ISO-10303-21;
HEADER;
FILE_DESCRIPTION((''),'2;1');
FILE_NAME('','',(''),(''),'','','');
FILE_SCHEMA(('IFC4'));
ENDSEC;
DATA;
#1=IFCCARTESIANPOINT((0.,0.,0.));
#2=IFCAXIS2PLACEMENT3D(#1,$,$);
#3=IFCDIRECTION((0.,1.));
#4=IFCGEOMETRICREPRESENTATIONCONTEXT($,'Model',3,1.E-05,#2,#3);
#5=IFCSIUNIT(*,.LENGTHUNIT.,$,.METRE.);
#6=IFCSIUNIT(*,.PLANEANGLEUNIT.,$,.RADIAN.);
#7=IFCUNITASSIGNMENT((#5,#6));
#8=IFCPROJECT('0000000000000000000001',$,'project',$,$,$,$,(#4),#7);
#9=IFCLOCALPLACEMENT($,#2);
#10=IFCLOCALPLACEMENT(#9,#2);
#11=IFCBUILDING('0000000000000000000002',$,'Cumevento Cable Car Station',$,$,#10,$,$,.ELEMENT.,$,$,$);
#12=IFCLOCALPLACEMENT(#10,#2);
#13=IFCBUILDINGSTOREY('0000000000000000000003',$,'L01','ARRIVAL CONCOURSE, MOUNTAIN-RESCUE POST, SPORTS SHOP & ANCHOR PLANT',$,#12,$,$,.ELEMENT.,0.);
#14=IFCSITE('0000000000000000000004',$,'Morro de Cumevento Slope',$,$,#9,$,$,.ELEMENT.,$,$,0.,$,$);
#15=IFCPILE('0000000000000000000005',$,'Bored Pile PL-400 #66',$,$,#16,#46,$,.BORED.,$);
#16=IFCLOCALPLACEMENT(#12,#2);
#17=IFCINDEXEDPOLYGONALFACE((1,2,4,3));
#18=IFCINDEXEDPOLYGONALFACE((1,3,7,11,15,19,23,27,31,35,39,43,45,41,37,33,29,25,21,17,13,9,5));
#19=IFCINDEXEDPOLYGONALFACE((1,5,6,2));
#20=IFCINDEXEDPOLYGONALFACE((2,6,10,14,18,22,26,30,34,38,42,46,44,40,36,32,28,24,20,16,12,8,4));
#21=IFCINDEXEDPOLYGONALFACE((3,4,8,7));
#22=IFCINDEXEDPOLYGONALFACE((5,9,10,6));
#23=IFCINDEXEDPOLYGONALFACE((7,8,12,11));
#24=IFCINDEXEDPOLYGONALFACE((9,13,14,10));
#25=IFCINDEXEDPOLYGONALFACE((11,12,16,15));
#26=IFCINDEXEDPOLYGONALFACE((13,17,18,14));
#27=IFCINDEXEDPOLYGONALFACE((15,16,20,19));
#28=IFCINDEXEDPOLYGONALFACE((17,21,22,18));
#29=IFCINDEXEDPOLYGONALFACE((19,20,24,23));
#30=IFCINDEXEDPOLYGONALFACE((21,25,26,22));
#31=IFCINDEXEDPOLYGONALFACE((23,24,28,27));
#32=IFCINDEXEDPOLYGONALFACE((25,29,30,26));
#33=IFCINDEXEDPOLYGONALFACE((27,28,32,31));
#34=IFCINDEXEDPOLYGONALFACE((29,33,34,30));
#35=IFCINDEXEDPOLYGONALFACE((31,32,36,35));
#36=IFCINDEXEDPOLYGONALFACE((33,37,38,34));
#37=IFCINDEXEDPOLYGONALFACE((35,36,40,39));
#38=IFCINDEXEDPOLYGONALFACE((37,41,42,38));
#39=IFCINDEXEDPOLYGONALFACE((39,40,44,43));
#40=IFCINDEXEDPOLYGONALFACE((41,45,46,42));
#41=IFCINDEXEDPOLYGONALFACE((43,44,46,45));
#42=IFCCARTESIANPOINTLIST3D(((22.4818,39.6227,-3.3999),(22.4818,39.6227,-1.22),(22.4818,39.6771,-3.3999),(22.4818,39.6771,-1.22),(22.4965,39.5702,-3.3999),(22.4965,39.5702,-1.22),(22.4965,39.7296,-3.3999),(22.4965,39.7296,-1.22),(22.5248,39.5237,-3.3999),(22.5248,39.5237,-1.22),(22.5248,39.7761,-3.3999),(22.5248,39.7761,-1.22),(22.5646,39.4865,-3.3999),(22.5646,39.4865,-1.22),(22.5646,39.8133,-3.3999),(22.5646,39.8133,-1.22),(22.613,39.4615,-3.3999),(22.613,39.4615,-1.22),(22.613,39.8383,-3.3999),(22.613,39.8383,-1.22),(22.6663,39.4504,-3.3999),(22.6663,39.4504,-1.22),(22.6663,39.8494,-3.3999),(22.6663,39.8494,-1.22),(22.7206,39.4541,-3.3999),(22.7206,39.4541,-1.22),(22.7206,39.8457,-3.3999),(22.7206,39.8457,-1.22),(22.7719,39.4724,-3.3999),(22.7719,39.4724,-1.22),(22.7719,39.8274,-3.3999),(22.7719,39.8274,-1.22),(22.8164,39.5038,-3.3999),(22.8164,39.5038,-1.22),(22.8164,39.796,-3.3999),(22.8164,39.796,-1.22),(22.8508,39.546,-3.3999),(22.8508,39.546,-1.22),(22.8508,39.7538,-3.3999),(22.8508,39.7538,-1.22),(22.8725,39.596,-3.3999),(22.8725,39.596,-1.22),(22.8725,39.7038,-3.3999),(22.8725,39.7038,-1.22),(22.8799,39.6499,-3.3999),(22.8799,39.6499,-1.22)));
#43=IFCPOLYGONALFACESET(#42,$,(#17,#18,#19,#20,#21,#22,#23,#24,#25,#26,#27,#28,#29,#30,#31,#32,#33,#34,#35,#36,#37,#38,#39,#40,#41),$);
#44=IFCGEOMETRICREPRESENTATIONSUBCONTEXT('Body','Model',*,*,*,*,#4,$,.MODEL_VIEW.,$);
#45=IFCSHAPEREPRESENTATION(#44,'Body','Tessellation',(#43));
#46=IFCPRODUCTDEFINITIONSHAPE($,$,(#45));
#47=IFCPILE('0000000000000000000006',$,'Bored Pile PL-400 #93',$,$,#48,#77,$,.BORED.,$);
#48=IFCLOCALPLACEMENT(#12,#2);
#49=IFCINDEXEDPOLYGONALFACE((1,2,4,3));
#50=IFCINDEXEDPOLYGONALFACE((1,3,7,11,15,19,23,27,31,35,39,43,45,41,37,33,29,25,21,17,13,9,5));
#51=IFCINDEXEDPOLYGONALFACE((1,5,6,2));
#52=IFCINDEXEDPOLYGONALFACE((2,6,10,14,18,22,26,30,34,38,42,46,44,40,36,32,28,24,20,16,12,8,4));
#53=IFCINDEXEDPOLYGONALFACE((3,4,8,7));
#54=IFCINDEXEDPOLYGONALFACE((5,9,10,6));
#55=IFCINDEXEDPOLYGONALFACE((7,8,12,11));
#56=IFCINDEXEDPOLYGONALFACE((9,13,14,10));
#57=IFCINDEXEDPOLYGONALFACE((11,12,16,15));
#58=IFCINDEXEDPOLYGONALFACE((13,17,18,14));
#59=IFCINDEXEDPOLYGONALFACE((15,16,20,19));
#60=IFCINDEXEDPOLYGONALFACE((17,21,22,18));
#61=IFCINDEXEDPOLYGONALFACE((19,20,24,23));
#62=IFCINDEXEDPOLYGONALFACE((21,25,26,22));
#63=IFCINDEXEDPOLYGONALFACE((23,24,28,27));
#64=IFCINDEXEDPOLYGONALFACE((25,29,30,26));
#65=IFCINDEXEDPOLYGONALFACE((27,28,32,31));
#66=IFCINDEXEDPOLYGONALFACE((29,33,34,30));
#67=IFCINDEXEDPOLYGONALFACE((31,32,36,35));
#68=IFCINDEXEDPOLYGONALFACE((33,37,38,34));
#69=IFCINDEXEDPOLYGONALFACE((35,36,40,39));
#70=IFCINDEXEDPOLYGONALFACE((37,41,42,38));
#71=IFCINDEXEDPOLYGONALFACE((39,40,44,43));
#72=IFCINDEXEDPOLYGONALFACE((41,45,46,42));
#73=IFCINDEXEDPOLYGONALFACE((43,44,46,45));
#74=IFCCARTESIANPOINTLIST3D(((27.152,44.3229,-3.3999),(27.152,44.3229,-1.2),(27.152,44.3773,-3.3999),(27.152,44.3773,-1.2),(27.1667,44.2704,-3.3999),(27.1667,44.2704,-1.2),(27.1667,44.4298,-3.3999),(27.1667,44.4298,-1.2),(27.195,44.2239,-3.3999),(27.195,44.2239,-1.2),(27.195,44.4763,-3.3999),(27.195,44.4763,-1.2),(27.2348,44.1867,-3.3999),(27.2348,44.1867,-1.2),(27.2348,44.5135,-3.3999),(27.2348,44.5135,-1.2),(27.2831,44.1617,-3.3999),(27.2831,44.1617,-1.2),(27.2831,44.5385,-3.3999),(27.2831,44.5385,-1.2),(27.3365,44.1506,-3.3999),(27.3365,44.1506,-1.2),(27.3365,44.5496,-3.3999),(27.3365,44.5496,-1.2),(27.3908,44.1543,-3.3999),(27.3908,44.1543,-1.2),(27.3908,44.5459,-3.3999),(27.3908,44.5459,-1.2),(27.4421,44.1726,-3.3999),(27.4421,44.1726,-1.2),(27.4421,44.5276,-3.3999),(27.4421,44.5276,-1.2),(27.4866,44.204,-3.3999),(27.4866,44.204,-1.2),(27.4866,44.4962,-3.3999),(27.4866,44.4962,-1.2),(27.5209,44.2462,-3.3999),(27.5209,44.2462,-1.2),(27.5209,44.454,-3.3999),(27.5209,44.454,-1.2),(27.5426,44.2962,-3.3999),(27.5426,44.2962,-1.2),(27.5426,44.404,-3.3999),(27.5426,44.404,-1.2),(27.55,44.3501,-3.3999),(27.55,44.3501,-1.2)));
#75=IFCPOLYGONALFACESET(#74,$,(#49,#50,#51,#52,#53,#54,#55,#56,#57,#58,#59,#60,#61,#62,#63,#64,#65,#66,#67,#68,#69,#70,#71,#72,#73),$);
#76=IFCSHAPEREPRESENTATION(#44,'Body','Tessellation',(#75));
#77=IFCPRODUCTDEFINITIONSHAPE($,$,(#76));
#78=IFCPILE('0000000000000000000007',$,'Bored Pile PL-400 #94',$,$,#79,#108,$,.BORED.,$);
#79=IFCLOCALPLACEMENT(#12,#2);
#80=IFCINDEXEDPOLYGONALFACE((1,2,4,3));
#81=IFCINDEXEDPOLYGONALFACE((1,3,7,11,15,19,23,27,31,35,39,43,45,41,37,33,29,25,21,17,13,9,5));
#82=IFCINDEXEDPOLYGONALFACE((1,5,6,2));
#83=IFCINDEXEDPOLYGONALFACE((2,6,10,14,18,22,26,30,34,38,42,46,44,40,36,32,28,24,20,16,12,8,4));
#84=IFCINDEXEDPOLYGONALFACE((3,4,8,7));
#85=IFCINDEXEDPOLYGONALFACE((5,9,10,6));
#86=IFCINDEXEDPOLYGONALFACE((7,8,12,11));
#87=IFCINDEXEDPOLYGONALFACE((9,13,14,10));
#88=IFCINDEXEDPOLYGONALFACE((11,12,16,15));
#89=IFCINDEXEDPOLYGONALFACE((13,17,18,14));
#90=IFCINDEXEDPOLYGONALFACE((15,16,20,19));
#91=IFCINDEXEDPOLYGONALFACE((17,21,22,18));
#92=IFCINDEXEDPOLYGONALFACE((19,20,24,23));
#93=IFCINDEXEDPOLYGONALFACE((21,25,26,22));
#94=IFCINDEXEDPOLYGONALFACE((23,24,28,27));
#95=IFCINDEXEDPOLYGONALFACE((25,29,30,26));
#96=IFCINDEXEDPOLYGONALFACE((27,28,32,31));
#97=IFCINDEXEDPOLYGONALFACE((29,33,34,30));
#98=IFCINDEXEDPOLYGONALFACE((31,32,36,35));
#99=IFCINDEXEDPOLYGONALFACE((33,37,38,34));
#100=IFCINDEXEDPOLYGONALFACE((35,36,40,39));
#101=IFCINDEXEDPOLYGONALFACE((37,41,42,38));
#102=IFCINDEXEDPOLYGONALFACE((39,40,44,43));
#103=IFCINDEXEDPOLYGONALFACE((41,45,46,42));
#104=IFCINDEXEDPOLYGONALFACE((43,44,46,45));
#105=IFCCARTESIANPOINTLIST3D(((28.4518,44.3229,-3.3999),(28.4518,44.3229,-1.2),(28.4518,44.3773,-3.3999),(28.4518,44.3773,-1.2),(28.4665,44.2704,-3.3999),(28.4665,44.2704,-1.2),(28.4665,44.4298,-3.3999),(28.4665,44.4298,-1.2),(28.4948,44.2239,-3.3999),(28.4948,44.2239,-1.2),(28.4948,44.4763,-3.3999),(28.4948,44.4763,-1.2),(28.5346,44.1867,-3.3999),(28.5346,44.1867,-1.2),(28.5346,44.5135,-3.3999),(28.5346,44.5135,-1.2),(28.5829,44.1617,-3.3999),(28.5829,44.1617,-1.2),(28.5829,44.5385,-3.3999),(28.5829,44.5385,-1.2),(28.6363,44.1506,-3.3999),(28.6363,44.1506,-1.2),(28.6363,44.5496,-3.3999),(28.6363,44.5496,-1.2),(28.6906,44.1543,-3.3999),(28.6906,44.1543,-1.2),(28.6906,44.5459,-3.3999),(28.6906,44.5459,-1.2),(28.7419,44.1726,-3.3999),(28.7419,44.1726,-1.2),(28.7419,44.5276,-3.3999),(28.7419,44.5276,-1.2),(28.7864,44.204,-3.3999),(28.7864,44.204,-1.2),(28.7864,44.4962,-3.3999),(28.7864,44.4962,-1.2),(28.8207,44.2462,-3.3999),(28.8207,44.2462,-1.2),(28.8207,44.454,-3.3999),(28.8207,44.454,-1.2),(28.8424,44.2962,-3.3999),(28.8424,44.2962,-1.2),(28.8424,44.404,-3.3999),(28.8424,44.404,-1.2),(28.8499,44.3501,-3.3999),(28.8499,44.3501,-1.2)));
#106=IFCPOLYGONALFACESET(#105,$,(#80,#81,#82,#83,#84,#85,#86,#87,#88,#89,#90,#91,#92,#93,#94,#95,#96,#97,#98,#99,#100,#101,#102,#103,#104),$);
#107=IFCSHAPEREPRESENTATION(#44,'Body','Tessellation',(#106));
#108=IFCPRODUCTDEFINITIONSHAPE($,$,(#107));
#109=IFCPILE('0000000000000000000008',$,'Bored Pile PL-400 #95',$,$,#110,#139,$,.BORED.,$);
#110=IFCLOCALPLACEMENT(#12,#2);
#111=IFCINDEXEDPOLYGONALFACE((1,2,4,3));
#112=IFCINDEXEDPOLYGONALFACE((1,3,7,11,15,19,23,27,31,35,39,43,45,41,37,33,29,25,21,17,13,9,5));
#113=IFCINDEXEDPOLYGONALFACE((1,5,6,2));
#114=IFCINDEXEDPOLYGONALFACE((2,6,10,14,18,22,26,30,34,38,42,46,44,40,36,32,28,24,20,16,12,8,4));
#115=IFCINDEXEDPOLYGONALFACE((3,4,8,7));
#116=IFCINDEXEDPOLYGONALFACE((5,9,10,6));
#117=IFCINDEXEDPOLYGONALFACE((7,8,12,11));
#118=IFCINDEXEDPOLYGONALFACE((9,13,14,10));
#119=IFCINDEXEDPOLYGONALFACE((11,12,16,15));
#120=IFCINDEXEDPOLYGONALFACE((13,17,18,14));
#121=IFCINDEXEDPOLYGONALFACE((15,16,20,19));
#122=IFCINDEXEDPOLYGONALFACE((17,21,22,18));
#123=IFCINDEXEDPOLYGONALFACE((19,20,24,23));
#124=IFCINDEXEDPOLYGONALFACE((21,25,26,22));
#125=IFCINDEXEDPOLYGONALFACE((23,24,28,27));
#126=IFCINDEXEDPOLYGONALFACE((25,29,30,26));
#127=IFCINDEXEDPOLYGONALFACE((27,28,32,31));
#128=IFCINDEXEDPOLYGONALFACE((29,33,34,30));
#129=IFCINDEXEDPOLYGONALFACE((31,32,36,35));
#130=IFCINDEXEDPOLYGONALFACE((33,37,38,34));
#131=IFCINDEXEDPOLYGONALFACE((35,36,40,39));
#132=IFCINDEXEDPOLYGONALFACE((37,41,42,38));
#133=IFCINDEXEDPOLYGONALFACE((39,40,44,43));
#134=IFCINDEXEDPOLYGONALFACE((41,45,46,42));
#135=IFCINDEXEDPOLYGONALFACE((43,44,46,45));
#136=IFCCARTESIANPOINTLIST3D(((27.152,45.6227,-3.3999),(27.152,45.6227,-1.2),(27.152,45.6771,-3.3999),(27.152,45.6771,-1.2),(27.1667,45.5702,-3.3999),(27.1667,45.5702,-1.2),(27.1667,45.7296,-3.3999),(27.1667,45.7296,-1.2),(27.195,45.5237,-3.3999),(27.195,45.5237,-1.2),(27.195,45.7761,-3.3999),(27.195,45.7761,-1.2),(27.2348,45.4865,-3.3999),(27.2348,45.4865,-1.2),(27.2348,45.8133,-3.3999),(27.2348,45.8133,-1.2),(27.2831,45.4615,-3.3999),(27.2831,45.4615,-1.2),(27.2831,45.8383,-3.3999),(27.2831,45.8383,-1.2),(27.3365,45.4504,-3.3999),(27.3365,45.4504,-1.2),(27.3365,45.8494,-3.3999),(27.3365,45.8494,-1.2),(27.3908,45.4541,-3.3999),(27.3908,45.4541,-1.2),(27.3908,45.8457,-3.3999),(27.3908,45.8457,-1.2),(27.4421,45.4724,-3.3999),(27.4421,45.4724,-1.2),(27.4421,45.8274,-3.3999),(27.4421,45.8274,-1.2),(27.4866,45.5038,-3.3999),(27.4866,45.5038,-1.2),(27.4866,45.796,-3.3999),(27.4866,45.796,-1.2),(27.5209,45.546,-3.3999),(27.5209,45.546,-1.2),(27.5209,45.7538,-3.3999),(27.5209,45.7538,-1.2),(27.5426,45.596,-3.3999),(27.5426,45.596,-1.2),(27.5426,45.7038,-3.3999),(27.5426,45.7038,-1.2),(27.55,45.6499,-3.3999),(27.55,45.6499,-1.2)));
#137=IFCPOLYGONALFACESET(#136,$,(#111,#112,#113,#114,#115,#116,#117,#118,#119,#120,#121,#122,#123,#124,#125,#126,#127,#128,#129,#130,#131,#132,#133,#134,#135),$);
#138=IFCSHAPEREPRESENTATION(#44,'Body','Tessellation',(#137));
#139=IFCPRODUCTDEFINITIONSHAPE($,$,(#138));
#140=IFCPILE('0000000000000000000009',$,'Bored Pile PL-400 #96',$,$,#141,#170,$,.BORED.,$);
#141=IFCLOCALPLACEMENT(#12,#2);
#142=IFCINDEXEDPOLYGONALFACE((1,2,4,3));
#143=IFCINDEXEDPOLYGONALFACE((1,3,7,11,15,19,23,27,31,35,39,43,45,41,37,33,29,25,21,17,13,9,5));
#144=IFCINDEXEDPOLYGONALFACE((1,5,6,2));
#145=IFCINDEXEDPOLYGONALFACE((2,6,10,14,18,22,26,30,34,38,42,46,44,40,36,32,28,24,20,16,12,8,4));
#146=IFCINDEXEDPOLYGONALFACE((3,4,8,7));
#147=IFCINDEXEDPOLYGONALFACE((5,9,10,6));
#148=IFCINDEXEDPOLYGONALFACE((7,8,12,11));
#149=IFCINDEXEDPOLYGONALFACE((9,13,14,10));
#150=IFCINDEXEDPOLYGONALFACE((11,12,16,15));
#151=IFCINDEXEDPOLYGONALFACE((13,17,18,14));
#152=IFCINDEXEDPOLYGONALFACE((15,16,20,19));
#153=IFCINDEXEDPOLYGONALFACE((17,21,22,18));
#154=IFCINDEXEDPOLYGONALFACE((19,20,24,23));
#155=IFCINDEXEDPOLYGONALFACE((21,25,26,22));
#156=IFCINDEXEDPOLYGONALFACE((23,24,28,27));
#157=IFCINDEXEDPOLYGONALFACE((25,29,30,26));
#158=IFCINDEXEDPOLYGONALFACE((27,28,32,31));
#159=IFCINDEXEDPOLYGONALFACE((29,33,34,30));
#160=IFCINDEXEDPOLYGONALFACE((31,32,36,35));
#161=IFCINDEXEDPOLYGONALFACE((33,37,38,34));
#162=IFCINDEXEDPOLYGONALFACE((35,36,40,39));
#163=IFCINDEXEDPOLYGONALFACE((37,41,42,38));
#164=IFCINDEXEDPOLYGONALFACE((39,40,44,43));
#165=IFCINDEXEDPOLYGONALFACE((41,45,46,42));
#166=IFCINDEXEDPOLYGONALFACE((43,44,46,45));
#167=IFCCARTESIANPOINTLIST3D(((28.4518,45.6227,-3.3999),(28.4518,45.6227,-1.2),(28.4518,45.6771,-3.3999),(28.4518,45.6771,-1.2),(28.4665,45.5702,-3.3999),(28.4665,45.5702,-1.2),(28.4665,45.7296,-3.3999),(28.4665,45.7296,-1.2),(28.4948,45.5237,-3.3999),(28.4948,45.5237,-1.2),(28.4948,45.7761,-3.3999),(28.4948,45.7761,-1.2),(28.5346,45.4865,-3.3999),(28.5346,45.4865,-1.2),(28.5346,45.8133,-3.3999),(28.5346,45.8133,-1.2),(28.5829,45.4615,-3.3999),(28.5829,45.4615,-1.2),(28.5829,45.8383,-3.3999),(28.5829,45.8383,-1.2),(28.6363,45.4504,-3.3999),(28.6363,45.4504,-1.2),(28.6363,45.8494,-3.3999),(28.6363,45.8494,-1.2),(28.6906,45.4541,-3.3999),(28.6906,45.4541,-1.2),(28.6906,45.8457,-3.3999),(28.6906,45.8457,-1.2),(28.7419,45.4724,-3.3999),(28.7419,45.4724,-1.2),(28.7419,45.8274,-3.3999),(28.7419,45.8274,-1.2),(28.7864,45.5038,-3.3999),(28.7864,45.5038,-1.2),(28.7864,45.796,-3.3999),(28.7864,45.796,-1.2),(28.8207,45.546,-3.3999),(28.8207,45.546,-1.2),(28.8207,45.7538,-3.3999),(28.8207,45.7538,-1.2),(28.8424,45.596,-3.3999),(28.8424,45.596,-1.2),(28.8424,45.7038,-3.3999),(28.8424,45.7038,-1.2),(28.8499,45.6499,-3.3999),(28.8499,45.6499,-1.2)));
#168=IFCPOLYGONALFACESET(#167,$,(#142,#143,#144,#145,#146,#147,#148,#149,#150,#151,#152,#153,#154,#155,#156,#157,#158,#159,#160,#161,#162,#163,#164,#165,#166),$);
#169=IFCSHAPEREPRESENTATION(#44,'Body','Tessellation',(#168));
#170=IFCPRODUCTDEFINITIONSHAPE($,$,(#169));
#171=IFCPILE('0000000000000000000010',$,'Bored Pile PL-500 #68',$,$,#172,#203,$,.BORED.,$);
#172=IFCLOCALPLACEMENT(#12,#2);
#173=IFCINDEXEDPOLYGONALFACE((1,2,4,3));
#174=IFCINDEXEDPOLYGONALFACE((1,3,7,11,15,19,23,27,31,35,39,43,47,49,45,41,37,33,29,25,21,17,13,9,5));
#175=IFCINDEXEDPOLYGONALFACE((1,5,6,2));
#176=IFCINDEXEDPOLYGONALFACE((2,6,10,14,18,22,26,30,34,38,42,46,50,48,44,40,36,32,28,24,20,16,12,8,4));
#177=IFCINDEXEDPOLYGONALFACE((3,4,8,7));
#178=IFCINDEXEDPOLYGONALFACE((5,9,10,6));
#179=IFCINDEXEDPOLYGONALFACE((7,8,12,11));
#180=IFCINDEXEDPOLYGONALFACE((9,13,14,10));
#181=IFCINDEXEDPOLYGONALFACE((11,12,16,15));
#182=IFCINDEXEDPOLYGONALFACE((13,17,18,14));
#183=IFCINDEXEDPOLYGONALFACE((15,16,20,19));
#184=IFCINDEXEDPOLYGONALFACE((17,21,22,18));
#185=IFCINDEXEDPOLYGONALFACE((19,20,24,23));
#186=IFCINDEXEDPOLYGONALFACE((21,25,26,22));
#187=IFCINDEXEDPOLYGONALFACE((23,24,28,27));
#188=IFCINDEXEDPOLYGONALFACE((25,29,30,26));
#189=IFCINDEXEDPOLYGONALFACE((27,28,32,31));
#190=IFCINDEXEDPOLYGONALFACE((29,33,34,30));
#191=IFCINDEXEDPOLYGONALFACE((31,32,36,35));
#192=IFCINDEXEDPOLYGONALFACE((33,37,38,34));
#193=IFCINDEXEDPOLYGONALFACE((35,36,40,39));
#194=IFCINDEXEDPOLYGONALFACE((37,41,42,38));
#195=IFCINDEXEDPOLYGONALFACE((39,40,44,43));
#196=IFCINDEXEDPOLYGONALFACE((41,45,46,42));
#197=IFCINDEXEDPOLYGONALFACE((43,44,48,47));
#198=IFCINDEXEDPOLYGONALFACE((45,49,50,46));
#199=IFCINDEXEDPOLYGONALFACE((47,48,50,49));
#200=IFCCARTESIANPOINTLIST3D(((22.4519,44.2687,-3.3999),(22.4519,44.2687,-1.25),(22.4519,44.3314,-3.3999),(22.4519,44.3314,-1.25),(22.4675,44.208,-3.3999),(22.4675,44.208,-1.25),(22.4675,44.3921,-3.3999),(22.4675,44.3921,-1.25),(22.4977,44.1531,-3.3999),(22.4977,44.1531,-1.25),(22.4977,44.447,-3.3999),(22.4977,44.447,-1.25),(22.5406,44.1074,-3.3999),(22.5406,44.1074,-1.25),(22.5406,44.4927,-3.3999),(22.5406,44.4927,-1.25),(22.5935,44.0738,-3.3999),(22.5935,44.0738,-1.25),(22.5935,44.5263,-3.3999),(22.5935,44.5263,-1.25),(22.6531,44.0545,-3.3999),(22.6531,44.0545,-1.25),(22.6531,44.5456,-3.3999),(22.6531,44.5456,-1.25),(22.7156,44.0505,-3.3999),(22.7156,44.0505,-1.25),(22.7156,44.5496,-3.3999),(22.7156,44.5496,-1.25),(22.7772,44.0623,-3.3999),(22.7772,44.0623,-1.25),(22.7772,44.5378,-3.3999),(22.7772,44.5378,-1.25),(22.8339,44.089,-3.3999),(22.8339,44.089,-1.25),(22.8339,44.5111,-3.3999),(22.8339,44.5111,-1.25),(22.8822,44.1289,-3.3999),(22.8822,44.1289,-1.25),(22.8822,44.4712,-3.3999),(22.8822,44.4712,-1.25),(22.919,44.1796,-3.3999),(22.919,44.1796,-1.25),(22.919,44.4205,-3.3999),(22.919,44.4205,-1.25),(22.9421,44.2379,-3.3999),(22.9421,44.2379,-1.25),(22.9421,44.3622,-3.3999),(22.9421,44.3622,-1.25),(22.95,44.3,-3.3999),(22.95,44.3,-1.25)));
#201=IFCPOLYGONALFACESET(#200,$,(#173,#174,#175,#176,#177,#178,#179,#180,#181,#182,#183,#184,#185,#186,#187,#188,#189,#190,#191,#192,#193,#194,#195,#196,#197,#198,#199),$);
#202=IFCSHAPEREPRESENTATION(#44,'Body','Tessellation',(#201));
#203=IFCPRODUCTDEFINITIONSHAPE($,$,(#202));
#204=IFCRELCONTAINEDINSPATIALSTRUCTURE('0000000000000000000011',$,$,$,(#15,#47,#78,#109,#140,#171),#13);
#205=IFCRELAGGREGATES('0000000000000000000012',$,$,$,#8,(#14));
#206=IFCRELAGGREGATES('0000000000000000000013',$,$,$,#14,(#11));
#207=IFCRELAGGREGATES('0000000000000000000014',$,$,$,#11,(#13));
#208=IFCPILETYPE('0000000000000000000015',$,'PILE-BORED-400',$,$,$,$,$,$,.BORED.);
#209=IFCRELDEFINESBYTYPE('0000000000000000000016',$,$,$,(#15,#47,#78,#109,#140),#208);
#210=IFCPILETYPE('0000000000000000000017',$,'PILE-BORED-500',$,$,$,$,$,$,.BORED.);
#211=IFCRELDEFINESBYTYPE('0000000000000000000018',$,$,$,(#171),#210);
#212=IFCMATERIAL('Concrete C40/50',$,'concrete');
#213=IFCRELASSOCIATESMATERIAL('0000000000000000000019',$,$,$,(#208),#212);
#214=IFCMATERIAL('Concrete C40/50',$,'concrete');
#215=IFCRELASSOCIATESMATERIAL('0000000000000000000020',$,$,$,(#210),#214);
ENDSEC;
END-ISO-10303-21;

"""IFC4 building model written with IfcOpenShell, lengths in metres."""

from ifc_helpers import new_model, si_unit, direction, frame, origin, origin_2d, place, context, subcontext, project, spatial, circle, extrude, material, material_profile, profile_set, type_object, element, save


model = new_model("IFC4")

# Units and contexts
model_context = context("Model", 3, precision=1e-05, world=origin(), true_north=direction((0.0, 1.0)))
body_context = subcontext(model_context, "Body", "Model", "MODEL_VIEW")
ifc_project = project(units=[si_unit("LENGTHUNIT", "METRE"), si_unit("PLANEANGLEUNIT", "RADIAN")], contexts=[model_context])

# Site, building, storey
site_placement = place(None, origin())
site = spatial("IfcSite", under=ifc_project, at=site_placement, Name="Morro de Cumevento Slope", CompositionType="ELEMENT", RefElevation=0.0)
building_placement = place(site_placement, origin())
building = spatial("IfcBuilding", under=site, at=building_placement, Name="Cumevento Cable Car Station", CompositionType="ELEMENT")
storey_placement = place(building_placement, origin())
storey = spatial("IfcBuildingStorey", under=building, at=storey_placement, Name="L01", Description="ARRIVAL CONCOURSE, MOUNTAIN-RESCUE POST, SPORTS SHOP & ANCHOR PLANT", CompositionType="ELEMENT", Elevation=0.0)

# Piles
ifc_material_1 = material(Name="Concrete C40/50", Category="concrete")
ifc_material_profile_1 = material_profile(ifc_material_1, circle(Radius=0.2, at=origin_2d()), Name="PILE-D400")
ifc_profile_set_1 = profile_set([ifc_material_profile_1], Name="Concrete C40/50")
pile_type_1 = type_object("IfcPileType", Name="PILE-BORED-400", PredefinedType="BORED", material=ifc_profile_set_1)
pile_placement = place(storey_placement, frame((22.6799, 39.6499, -1.22), z_axis=(0.0, 0.0, -1.0), x_axis=(1.0, 0.0, 0.0)))
element("IfcPile", 1, at=pile_placement, inside=storey, type_object=pile_type_1, Name="Bored Pile PL-400 #66", PredefinedType="BORED", context=body_context, shape_type="SweptSolid", body=[
    extrude(circle(Radius=0.2, at=origin_2d()), origin(), (0.0, 0.0, 1.0), 2.1799),
])
for number, where, z_axis, x_axis, name in (
    (2, (27.3501, 44.3501, -1.2), (0.0, 0.0, -1.0), (1.0, 0.0, 0.0), "Bored Pile PL-400 #93"),
    (3, (28.6499, 44.3501, -1.2), (0.0, 0.0, -1.0), (1.0, 0.0, 0.0), "Bored Pile PL-400 #94"),
    (4, (27.3501, 45.6499, -1.2), (0.0, 0.0, -1.0), (1.0, 0.0, 0.0), "Bored Pile PL-400 #95"),
    (5, (28.6499, 45.6499, -1.2), (0.0, 0.0, -1.0), (1.0, 0.0, 0.0), "Bored Pile PL-400 #96"),
):
    element("IfcPile", number, at=place(storey_placement, frame(where, z_axis=z_axis, x_axis=x_axis)), inside=storey, type_object=pile_type_1, Name=name, PredefinedType="BORED", context=body_context, shape_type="SweptSolid", body=[
        extrude(circle(Radius=0.2, at=origin_2d()), origin(), (0.0, 0.0, 1.0), 2.2),
    ])
ifc_material_2 = material(Name="Concrete C40/50", Category="concrete")
ifc_material_profile_2 = material_profile(ifc_material_2, circle(Radius=0.25, at=origin_2d()), Name="PILE-D500")
ifc_profile_set_2 = profile_set([ifc_material_profile_2], Name="Concrete C40/50")
pile_type_2 = type_object("IfcPileType", Name="PILE-BORED-500", PredefinedType="BORED", material=ifc_profile_set_2)
for number, where, z_axis, x_axis, name in (
    (6, (22.7, 44.3, -1.25), (0.0, 0.0, -1.0), (1.0, 0.0, 0.0), "Bored Pile PL-500 #68"),
):
    element("IfcPile", number, at=place(storey_placement, frame(where, z_axis=z_axis, x_axis=x_axis)), inside=storey, type_object=pile_type_2, Name=name, PredefinedType="BORED", context=body_context, shape_type="SweptSolid", body=[
        extrude(circle(Radius=0.25, at=origin_2d()), origin(), (0.0, 0.0, 1.0), 2.1499),
    ])

save(model, "model.ifc")
